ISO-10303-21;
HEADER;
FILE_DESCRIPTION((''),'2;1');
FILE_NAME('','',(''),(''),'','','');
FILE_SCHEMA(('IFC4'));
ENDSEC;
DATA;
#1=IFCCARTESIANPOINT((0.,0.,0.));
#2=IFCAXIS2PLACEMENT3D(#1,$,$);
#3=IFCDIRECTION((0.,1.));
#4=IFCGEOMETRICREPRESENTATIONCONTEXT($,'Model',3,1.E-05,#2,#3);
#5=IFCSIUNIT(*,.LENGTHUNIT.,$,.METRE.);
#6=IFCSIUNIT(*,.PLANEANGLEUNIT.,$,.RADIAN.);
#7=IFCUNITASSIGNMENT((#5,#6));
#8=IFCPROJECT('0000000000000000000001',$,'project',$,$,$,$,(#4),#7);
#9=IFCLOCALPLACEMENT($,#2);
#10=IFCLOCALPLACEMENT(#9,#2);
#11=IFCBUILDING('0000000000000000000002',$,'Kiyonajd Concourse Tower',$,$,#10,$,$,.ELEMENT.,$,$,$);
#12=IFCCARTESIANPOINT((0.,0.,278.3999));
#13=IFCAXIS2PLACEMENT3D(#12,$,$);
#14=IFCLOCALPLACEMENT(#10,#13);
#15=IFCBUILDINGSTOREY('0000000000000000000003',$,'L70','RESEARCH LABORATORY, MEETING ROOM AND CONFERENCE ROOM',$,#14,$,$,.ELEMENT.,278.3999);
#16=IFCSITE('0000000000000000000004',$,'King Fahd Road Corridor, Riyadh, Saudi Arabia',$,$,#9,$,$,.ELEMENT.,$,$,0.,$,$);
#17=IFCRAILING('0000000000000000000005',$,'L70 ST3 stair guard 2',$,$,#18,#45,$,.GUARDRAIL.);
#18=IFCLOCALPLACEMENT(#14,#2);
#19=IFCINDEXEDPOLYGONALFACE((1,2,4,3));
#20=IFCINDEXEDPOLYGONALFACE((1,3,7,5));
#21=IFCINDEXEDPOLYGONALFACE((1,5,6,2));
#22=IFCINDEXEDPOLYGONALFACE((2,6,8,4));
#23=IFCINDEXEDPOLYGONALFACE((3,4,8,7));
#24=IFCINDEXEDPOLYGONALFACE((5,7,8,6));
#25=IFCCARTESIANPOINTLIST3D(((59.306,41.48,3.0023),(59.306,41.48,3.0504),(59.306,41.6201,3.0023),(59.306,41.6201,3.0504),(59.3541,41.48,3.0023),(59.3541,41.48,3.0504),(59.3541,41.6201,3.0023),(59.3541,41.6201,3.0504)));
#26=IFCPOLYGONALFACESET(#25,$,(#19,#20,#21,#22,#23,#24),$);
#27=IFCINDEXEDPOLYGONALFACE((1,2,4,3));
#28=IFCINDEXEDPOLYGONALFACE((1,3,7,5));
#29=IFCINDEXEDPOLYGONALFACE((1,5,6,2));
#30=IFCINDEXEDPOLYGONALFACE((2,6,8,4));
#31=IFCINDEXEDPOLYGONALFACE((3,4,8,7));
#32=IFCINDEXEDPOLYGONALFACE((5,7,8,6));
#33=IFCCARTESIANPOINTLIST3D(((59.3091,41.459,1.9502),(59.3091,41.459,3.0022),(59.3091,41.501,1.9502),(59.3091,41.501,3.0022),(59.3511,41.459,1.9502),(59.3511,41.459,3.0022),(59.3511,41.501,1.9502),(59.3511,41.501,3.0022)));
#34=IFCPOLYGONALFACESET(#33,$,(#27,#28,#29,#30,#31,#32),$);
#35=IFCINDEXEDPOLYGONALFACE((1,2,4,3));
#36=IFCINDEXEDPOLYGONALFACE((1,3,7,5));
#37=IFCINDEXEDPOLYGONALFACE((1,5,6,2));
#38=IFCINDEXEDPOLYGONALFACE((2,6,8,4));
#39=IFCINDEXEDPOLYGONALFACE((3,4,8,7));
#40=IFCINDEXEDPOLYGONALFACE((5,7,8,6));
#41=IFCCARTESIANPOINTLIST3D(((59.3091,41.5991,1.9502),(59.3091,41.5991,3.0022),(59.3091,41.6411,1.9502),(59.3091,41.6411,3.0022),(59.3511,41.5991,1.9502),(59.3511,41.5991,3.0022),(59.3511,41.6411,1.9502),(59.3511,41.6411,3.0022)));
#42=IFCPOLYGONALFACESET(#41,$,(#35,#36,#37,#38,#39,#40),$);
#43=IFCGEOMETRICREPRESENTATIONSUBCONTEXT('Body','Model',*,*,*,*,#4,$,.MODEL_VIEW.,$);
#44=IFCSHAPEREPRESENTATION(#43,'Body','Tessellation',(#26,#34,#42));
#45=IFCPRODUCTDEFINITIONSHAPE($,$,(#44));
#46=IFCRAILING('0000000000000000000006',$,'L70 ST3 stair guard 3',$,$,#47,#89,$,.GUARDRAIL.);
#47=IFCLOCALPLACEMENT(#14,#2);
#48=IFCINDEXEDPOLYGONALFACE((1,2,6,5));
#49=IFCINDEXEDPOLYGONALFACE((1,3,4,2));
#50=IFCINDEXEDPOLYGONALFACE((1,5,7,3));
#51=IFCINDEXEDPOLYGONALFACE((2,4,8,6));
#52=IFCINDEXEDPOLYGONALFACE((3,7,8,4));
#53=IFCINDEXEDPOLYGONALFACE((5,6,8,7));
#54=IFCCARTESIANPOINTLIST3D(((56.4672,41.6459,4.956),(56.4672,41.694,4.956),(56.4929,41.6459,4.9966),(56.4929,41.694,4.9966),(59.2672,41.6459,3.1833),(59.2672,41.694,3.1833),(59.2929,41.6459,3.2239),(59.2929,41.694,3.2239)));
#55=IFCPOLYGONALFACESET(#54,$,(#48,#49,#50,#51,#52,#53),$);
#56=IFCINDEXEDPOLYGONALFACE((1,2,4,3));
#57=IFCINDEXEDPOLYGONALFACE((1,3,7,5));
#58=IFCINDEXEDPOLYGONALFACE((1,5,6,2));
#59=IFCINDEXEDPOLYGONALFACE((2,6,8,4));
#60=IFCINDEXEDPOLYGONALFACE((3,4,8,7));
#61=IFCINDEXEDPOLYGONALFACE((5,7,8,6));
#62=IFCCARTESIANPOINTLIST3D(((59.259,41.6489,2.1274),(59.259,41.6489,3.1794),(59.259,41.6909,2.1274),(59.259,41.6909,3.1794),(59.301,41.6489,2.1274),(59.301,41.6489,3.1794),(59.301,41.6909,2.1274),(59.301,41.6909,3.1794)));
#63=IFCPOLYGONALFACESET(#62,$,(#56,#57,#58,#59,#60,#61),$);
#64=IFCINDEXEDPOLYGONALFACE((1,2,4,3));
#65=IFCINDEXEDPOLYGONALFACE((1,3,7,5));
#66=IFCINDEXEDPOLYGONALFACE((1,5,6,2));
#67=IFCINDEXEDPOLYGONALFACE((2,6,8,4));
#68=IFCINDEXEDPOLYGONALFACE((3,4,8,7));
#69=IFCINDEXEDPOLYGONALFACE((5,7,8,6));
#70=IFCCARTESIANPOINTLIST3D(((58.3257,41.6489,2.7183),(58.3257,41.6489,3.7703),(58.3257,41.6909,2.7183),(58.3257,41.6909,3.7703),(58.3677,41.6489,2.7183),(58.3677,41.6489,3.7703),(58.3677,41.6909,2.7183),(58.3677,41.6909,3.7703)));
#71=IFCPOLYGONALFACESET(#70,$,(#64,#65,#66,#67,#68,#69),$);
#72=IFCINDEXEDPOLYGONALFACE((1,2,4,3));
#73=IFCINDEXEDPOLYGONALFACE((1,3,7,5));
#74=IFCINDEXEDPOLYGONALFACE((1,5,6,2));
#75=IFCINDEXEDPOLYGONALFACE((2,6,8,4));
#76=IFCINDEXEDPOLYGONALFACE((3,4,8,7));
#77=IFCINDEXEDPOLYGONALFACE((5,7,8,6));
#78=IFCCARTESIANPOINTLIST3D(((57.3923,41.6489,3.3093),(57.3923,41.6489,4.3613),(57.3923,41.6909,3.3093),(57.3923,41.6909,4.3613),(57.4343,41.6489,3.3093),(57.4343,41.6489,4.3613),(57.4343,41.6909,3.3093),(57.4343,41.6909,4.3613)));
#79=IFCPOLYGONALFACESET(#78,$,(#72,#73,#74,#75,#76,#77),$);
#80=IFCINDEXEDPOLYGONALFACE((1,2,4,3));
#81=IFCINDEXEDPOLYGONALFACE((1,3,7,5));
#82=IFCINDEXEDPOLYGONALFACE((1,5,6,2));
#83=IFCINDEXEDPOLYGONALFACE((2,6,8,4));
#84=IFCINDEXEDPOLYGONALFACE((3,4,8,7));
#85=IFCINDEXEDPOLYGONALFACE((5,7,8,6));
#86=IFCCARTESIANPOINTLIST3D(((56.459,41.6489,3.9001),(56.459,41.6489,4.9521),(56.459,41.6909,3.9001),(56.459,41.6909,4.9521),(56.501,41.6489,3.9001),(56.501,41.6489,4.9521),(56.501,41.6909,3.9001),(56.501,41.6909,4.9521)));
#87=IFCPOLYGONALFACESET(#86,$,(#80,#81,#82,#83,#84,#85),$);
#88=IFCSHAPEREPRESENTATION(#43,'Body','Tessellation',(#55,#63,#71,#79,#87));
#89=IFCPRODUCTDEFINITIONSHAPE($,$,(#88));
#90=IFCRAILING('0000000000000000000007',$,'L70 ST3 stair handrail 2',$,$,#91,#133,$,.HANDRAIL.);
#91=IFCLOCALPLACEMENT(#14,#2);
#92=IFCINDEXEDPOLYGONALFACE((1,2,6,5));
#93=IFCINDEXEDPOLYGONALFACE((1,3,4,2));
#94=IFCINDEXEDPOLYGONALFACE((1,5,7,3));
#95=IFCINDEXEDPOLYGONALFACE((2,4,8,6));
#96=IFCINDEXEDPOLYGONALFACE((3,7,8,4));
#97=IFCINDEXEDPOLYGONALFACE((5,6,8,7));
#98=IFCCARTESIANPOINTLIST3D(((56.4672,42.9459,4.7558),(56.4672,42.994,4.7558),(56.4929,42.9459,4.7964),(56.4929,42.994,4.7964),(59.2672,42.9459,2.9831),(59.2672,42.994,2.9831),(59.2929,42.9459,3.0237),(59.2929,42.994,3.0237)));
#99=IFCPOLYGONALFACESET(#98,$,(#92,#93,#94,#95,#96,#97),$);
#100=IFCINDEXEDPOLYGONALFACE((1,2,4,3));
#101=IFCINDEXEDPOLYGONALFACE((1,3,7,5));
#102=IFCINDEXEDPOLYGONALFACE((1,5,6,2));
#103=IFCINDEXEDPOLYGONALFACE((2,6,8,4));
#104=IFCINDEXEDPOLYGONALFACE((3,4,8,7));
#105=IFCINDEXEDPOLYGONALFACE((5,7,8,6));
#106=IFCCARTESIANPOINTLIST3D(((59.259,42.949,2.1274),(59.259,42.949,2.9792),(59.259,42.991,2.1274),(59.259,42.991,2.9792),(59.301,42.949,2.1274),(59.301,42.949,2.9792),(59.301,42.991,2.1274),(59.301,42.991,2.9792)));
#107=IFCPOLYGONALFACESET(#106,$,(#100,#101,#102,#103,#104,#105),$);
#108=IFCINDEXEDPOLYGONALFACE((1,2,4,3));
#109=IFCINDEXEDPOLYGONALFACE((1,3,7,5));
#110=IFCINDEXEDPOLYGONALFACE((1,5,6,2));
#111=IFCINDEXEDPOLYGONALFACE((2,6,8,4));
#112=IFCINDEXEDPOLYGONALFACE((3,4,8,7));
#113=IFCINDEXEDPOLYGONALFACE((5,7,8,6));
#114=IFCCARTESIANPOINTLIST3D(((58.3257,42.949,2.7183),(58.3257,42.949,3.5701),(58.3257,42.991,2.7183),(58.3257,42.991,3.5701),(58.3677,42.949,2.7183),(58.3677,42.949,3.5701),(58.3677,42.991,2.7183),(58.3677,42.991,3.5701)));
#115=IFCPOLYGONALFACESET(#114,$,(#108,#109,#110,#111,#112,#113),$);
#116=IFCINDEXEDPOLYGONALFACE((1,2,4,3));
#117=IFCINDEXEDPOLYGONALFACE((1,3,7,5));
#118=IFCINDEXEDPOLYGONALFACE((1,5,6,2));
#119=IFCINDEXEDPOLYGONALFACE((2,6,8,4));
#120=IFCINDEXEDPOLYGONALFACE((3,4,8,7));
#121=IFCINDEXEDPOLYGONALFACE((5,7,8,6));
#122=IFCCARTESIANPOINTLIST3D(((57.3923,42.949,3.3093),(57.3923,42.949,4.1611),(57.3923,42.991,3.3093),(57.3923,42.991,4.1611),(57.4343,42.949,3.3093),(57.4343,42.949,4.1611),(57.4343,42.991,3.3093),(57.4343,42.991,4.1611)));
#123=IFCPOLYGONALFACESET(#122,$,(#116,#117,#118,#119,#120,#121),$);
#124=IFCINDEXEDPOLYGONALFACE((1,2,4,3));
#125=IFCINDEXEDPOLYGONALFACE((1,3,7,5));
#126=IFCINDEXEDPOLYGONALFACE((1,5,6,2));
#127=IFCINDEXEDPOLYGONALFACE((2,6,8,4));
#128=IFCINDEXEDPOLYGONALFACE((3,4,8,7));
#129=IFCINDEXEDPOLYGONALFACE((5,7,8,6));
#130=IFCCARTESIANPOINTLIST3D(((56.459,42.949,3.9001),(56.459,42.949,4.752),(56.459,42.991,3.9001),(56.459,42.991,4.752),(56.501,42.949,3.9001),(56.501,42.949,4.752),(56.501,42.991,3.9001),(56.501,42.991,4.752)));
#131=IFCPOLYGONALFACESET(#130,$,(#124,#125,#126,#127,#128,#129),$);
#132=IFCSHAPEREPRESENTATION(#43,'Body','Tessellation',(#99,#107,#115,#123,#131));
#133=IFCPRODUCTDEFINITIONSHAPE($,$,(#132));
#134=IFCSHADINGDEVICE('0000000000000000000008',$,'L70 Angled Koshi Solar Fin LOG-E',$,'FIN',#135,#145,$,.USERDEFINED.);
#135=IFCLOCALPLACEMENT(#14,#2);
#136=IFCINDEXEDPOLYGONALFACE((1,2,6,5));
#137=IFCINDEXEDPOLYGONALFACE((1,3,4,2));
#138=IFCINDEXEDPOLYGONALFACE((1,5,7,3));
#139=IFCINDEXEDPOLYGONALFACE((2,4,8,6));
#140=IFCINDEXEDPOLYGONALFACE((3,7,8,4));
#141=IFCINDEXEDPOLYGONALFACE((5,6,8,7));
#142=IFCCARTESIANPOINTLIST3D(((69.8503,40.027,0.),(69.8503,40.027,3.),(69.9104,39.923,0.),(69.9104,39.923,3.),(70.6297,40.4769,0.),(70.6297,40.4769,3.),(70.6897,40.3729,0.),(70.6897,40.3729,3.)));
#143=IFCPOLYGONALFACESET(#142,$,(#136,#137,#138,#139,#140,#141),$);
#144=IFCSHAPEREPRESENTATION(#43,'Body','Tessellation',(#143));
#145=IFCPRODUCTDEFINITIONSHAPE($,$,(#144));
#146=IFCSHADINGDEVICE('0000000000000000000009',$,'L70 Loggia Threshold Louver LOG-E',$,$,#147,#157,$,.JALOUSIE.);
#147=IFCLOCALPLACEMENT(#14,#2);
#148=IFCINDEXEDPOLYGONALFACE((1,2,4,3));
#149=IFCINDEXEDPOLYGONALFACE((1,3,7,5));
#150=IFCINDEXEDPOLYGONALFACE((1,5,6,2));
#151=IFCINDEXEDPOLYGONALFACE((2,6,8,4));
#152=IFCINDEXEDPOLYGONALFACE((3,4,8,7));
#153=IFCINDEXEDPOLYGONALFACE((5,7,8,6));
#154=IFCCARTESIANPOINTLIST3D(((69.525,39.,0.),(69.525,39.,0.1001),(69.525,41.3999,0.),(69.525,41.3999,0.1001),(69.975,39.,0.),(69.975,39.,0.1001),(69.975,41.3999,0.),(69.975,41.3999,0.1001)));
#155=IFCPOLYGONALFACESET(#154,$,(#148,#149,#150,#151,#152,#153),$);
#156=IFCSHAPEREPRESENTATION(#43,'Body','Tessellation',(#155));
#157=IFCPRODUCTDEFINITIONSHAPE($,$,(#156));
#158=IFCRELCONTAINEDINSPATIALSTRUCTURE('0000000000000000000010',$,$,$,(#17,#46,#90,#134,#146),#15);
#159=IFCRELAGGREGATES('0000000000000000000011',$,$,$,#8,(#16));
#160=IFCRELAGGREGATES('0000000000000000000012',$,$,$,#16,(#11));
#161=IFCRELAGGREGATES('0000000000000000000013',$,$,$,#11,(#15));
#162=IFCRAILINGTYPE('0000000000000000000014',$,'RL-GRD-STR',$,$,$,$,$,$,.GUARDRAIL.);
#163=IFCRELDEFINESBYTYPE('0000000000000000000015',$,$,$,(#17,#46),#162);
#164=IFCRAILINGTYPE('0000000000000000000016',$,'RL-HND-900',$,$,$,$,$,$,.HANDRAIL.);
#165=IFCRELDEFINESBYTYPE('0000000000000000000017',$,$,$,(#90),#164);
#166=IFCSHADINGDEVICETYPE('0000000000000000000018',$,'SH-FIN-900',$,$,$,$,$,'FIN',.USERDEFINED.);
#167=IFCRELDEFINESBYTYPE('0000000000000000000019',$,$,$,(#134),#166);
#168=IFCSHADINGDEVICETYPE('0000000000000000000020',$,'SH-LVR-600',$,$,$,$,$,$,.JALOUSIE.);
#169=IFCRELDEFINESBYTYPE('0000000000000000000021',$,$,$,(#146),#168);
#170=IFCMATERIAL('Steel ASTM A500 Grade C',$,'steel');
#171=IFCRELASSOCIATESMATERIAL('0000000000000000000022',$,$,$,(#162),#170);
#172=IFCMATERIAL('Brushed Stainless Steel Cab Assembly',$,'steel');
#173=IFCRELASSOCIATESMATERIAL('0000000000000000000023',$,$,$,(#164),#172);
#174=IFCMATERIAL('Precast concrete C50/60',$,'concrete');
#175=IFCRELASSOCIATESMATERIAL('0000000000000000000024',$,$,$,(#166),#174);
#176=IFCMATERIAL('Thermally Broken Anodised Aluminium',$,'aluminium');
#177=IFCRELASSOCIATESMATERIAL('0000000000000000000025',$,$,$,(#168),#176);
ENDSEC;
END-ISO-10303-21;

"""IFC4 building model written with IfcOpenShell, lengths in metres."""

from ifc_helpers import new_model, si_unit, direction, frame, origin, origin_2d, place, context, subcontext, project, spatial, rectangle, extrude, material, type_object, element, save


model = new_model("IFC4")

# Units and contexts
model_context = context("Model", 3, precision=1e-05, world=origin(), true_north=direction((0.0, 1.0)))
body_context = subcontext(model_context, "Body", "Model", "MODEL_VIEW")
ifc_project = project(units=[si_unit("LENGTHUNIT", "METRE"), si_unit("PLANEANGLEUNIT", "RADIAN")], contexts=[model_context])

# Site, building, storey
site_placement = place(None, origin())
site = spatial("IfcSite", under=ifc_project, at=site_placement, Name="King Fahd Road Corridor, Riyadh, Saudi Arabia", CompositionType="ELEMENT", RefElevation=0.0)
building_placement = place(site_placement, origin())
building = spatial("IfcBuilding", under=site, at=building_placement, Name="Kiyonajd Concourse Tower", CompositionType="ELEMENT")
storey_placement = place(building_placement, frame((0.0, 0.0, 278.3999)))
storey = spatial("IfcBuildingStorey", under=building, at=storey_placement, Name="L70", Description="RESEARCH LABORATORY, MEETING ROOM AND CONFERENCE ROOM", CompositionType="ELEMENT", Elevation=278.3999)

# Shared definitions
ifc_material_1 = material(Name="Thermally Broken Anodised Aluminium", Category="aluminium")

# Shared definitions
ifc_material_2 = material(Name="Precast concrete C50/60", Category="concrete")

# Railings
ifc_material_3 = material(Name="Steel ASTM A500 Grade C", Category="steel")
railing_type_1 = type_object("IfcRailingType", Name="RL-GRD-STR", PredefinedType="GUARDRAIL", material=ifc_material_3)
railing_1_placement = place(storey_placement, frame((59.3301, 41.48, 1.9502)))
element("IfcRailing", 1, at=railing_1_placement, inside=storey, type_object=railing_type_1, Name="L70 ST3 stair guard 2", PredefinedType="GUARDRAIL", context=body_context, shape_type="SweptSolid", body=[
    extrude(rectangle(XDim=0.0481, YDim=0.0481, at=origin_2d()), frame((0.0, 0.0, 1.0762), z_axis=(0.0, 1.0, 0.0), x_axis=(-1.0, 0.0, 0.0)), (0.0, 0.0, 1.0), 0.1401),
    extrude(rectangle(XDim=0.042, YDim=0.042, at=origin_2d()), origin(), (0.0, 0.0, 1.0), 1.052),
    extrude(rectangle(XDim=0.042, YDim=0.042, at=origin_2d()), frame((0.0, 0.1401, 0.0)), (0.0, 0.0, 1.0), 1.052),
])
railing_2_placement = place(storey_placement, frame((59.28, 41.6699, 2.1274)))
element("IfcRailing", 2, at=railing_2_placement, inside=storey, type_object=railing_type_1, Name="L70 ST3 stair guard 3", PredefinedType="GUARDRAIL", context=body_context, shape_type="SweptSolid", body=[
    extrude(rectangle(XDim=0.0481, YDim=0.0481, at=origin_2d()), frame((0.0, 0.0, 1.0762), z_axis=(-0.844909, 0.0, 0.53491), x_axis=(0.0, -1.0, 0.0)), (0.0, 0.0, 1.0), 3.314),
    extrude(rectangle(XDim=0.042, YDim=0.042, at=origin_2d()), origin(), (0.0, 0.0, 1.0), 1.052),
    extrude(rectangle(XDim=0.042, YDim=0.042, at=origin_2d()), frame((-0.9333, 0.0, 0.5908)), (0.0, 0.0, 1.0), 1.052),
    extrude(rectangle(XDim=0.042, YDim=0.042, at=origin_2d()), frame((-1.8667, 0.0, 1.1819)), (0.0, 0.0, 1.0), 1.052),
    extrude(rectangle(XDim=0.042, YDim=0.042, at=origin_2d()), frame((-2.8, 0.0, 1.7727)), (0.0, 0.0, 1.0), 1.052),
])
ifc_material_4 = material(Name="Brushed Stainless Steel Cab Assembly", Category="steel")
railing_type_2 = type_object("IfcRailingType", Name="RL-HND-900", PredefinedType="HANDRAIL", material=ifc_material_4)
railing_3_placement = place(storey_placement, frame((59.28, 42.97, 2.1274)))
element("IfcRailing", 3, at=railing_3_placement, inside=storey, type_object=railing_type_2, Name="L70 ST3 stair handrail 2", PredefinedType="HANDRAIL", context=body_context, shape_type="SweptSolid", body=[
    extrude(rectangle(XDim=0.0481, YDim=0.0481, at=origin_2d()), frame((0.0, 0.0, 0.876), z_axis=(-0.844909, 0.0, 0.53491), x_axis=(0.0, -1.0, 0.0)), (0.0, 0.0, 1.0), 3.314),
    extrude(rectangle(XDim=0.042, YDim=0.042, at=origin_2d()), origin(), (0.0, 0.0, 1.0), 0.8518),
    extrude(rectangle(XDim=0.042, YDim=0.042, at=origin_2d()), frame((-0.9333, 0.0, 0.5908)), (0.0, 0.0, 1.0), 0.8518),
    extrude(rectangle(XDim=0.042, YDim=0.042, at=origin_2d()), frame((-1.8667, 0.0, 1.1819)), (0.0, 0.0, 1.0), 0.8518),
    extrude(rectangle(XDim=0.042, YDim=0.042, at=origin_2d()), frame((-2.8, 0.0, 1.7727)), (0.0, 0.0, 1.0), 0.8518),
])

# Shading devices
shading_device_type_1 = type_object("IfcShadingDeviceType", Name="SH-FIN-900", ElementType="FIN", PredefinedType="USERDEFINED", material=ifc_material_2)
shading_device_1_placement = place(storey_placement, frame((70.27, 40.2, 0.0), z_axis=(0.0, 0.0, 1.0), x_axis=(0.866025, 0.5, 0.0)))
element("IfcShadingDevice", 4, at=shading_device_1_placement, inside=storey, type_object=shading_device_type_1, Name="L70 Angled Koshi Solar Fin LOG-E", ObjectType="FIN", PredefinedType="USERDEFINED", context=body_context, shape_type="SweptSolid", body=[
    extrude(rectangle(XDim=0.8999, YDim=0.1201, at=origin_2d()), origin(), (0.0, 0.0, 1.0), 3.0),
])
shading_device_type_2 = type_object("IfcShadingDeviceType", Name="SH-LVR-600", PredefinedType="JALOUSIE", material=ifc_material_1)
shading_device_2_placement = place(storey_placement, frame((69.75, 40.2, 0.0), z_axis=(0.0, 0.0, 1.0), x_axis=(0.0, 1.0, 0.0)))
element("IfcShadingDevice", 5, at=shading_device_2_placement, inside=storey, type_object=shading_device_type_2, Name="L70 Loggia Threshold Louver LOG-E", PredefinedType="JALOUSIE", context=body_context, shape_type="SweptSolid", body=[
    extrude(rectangle(XDim=2.3999, YDim=0.45, at=origin_2d()), origin(), (0.0, 0.0, 1.0), 0.1001),
])

save(model, "model.ifc")
